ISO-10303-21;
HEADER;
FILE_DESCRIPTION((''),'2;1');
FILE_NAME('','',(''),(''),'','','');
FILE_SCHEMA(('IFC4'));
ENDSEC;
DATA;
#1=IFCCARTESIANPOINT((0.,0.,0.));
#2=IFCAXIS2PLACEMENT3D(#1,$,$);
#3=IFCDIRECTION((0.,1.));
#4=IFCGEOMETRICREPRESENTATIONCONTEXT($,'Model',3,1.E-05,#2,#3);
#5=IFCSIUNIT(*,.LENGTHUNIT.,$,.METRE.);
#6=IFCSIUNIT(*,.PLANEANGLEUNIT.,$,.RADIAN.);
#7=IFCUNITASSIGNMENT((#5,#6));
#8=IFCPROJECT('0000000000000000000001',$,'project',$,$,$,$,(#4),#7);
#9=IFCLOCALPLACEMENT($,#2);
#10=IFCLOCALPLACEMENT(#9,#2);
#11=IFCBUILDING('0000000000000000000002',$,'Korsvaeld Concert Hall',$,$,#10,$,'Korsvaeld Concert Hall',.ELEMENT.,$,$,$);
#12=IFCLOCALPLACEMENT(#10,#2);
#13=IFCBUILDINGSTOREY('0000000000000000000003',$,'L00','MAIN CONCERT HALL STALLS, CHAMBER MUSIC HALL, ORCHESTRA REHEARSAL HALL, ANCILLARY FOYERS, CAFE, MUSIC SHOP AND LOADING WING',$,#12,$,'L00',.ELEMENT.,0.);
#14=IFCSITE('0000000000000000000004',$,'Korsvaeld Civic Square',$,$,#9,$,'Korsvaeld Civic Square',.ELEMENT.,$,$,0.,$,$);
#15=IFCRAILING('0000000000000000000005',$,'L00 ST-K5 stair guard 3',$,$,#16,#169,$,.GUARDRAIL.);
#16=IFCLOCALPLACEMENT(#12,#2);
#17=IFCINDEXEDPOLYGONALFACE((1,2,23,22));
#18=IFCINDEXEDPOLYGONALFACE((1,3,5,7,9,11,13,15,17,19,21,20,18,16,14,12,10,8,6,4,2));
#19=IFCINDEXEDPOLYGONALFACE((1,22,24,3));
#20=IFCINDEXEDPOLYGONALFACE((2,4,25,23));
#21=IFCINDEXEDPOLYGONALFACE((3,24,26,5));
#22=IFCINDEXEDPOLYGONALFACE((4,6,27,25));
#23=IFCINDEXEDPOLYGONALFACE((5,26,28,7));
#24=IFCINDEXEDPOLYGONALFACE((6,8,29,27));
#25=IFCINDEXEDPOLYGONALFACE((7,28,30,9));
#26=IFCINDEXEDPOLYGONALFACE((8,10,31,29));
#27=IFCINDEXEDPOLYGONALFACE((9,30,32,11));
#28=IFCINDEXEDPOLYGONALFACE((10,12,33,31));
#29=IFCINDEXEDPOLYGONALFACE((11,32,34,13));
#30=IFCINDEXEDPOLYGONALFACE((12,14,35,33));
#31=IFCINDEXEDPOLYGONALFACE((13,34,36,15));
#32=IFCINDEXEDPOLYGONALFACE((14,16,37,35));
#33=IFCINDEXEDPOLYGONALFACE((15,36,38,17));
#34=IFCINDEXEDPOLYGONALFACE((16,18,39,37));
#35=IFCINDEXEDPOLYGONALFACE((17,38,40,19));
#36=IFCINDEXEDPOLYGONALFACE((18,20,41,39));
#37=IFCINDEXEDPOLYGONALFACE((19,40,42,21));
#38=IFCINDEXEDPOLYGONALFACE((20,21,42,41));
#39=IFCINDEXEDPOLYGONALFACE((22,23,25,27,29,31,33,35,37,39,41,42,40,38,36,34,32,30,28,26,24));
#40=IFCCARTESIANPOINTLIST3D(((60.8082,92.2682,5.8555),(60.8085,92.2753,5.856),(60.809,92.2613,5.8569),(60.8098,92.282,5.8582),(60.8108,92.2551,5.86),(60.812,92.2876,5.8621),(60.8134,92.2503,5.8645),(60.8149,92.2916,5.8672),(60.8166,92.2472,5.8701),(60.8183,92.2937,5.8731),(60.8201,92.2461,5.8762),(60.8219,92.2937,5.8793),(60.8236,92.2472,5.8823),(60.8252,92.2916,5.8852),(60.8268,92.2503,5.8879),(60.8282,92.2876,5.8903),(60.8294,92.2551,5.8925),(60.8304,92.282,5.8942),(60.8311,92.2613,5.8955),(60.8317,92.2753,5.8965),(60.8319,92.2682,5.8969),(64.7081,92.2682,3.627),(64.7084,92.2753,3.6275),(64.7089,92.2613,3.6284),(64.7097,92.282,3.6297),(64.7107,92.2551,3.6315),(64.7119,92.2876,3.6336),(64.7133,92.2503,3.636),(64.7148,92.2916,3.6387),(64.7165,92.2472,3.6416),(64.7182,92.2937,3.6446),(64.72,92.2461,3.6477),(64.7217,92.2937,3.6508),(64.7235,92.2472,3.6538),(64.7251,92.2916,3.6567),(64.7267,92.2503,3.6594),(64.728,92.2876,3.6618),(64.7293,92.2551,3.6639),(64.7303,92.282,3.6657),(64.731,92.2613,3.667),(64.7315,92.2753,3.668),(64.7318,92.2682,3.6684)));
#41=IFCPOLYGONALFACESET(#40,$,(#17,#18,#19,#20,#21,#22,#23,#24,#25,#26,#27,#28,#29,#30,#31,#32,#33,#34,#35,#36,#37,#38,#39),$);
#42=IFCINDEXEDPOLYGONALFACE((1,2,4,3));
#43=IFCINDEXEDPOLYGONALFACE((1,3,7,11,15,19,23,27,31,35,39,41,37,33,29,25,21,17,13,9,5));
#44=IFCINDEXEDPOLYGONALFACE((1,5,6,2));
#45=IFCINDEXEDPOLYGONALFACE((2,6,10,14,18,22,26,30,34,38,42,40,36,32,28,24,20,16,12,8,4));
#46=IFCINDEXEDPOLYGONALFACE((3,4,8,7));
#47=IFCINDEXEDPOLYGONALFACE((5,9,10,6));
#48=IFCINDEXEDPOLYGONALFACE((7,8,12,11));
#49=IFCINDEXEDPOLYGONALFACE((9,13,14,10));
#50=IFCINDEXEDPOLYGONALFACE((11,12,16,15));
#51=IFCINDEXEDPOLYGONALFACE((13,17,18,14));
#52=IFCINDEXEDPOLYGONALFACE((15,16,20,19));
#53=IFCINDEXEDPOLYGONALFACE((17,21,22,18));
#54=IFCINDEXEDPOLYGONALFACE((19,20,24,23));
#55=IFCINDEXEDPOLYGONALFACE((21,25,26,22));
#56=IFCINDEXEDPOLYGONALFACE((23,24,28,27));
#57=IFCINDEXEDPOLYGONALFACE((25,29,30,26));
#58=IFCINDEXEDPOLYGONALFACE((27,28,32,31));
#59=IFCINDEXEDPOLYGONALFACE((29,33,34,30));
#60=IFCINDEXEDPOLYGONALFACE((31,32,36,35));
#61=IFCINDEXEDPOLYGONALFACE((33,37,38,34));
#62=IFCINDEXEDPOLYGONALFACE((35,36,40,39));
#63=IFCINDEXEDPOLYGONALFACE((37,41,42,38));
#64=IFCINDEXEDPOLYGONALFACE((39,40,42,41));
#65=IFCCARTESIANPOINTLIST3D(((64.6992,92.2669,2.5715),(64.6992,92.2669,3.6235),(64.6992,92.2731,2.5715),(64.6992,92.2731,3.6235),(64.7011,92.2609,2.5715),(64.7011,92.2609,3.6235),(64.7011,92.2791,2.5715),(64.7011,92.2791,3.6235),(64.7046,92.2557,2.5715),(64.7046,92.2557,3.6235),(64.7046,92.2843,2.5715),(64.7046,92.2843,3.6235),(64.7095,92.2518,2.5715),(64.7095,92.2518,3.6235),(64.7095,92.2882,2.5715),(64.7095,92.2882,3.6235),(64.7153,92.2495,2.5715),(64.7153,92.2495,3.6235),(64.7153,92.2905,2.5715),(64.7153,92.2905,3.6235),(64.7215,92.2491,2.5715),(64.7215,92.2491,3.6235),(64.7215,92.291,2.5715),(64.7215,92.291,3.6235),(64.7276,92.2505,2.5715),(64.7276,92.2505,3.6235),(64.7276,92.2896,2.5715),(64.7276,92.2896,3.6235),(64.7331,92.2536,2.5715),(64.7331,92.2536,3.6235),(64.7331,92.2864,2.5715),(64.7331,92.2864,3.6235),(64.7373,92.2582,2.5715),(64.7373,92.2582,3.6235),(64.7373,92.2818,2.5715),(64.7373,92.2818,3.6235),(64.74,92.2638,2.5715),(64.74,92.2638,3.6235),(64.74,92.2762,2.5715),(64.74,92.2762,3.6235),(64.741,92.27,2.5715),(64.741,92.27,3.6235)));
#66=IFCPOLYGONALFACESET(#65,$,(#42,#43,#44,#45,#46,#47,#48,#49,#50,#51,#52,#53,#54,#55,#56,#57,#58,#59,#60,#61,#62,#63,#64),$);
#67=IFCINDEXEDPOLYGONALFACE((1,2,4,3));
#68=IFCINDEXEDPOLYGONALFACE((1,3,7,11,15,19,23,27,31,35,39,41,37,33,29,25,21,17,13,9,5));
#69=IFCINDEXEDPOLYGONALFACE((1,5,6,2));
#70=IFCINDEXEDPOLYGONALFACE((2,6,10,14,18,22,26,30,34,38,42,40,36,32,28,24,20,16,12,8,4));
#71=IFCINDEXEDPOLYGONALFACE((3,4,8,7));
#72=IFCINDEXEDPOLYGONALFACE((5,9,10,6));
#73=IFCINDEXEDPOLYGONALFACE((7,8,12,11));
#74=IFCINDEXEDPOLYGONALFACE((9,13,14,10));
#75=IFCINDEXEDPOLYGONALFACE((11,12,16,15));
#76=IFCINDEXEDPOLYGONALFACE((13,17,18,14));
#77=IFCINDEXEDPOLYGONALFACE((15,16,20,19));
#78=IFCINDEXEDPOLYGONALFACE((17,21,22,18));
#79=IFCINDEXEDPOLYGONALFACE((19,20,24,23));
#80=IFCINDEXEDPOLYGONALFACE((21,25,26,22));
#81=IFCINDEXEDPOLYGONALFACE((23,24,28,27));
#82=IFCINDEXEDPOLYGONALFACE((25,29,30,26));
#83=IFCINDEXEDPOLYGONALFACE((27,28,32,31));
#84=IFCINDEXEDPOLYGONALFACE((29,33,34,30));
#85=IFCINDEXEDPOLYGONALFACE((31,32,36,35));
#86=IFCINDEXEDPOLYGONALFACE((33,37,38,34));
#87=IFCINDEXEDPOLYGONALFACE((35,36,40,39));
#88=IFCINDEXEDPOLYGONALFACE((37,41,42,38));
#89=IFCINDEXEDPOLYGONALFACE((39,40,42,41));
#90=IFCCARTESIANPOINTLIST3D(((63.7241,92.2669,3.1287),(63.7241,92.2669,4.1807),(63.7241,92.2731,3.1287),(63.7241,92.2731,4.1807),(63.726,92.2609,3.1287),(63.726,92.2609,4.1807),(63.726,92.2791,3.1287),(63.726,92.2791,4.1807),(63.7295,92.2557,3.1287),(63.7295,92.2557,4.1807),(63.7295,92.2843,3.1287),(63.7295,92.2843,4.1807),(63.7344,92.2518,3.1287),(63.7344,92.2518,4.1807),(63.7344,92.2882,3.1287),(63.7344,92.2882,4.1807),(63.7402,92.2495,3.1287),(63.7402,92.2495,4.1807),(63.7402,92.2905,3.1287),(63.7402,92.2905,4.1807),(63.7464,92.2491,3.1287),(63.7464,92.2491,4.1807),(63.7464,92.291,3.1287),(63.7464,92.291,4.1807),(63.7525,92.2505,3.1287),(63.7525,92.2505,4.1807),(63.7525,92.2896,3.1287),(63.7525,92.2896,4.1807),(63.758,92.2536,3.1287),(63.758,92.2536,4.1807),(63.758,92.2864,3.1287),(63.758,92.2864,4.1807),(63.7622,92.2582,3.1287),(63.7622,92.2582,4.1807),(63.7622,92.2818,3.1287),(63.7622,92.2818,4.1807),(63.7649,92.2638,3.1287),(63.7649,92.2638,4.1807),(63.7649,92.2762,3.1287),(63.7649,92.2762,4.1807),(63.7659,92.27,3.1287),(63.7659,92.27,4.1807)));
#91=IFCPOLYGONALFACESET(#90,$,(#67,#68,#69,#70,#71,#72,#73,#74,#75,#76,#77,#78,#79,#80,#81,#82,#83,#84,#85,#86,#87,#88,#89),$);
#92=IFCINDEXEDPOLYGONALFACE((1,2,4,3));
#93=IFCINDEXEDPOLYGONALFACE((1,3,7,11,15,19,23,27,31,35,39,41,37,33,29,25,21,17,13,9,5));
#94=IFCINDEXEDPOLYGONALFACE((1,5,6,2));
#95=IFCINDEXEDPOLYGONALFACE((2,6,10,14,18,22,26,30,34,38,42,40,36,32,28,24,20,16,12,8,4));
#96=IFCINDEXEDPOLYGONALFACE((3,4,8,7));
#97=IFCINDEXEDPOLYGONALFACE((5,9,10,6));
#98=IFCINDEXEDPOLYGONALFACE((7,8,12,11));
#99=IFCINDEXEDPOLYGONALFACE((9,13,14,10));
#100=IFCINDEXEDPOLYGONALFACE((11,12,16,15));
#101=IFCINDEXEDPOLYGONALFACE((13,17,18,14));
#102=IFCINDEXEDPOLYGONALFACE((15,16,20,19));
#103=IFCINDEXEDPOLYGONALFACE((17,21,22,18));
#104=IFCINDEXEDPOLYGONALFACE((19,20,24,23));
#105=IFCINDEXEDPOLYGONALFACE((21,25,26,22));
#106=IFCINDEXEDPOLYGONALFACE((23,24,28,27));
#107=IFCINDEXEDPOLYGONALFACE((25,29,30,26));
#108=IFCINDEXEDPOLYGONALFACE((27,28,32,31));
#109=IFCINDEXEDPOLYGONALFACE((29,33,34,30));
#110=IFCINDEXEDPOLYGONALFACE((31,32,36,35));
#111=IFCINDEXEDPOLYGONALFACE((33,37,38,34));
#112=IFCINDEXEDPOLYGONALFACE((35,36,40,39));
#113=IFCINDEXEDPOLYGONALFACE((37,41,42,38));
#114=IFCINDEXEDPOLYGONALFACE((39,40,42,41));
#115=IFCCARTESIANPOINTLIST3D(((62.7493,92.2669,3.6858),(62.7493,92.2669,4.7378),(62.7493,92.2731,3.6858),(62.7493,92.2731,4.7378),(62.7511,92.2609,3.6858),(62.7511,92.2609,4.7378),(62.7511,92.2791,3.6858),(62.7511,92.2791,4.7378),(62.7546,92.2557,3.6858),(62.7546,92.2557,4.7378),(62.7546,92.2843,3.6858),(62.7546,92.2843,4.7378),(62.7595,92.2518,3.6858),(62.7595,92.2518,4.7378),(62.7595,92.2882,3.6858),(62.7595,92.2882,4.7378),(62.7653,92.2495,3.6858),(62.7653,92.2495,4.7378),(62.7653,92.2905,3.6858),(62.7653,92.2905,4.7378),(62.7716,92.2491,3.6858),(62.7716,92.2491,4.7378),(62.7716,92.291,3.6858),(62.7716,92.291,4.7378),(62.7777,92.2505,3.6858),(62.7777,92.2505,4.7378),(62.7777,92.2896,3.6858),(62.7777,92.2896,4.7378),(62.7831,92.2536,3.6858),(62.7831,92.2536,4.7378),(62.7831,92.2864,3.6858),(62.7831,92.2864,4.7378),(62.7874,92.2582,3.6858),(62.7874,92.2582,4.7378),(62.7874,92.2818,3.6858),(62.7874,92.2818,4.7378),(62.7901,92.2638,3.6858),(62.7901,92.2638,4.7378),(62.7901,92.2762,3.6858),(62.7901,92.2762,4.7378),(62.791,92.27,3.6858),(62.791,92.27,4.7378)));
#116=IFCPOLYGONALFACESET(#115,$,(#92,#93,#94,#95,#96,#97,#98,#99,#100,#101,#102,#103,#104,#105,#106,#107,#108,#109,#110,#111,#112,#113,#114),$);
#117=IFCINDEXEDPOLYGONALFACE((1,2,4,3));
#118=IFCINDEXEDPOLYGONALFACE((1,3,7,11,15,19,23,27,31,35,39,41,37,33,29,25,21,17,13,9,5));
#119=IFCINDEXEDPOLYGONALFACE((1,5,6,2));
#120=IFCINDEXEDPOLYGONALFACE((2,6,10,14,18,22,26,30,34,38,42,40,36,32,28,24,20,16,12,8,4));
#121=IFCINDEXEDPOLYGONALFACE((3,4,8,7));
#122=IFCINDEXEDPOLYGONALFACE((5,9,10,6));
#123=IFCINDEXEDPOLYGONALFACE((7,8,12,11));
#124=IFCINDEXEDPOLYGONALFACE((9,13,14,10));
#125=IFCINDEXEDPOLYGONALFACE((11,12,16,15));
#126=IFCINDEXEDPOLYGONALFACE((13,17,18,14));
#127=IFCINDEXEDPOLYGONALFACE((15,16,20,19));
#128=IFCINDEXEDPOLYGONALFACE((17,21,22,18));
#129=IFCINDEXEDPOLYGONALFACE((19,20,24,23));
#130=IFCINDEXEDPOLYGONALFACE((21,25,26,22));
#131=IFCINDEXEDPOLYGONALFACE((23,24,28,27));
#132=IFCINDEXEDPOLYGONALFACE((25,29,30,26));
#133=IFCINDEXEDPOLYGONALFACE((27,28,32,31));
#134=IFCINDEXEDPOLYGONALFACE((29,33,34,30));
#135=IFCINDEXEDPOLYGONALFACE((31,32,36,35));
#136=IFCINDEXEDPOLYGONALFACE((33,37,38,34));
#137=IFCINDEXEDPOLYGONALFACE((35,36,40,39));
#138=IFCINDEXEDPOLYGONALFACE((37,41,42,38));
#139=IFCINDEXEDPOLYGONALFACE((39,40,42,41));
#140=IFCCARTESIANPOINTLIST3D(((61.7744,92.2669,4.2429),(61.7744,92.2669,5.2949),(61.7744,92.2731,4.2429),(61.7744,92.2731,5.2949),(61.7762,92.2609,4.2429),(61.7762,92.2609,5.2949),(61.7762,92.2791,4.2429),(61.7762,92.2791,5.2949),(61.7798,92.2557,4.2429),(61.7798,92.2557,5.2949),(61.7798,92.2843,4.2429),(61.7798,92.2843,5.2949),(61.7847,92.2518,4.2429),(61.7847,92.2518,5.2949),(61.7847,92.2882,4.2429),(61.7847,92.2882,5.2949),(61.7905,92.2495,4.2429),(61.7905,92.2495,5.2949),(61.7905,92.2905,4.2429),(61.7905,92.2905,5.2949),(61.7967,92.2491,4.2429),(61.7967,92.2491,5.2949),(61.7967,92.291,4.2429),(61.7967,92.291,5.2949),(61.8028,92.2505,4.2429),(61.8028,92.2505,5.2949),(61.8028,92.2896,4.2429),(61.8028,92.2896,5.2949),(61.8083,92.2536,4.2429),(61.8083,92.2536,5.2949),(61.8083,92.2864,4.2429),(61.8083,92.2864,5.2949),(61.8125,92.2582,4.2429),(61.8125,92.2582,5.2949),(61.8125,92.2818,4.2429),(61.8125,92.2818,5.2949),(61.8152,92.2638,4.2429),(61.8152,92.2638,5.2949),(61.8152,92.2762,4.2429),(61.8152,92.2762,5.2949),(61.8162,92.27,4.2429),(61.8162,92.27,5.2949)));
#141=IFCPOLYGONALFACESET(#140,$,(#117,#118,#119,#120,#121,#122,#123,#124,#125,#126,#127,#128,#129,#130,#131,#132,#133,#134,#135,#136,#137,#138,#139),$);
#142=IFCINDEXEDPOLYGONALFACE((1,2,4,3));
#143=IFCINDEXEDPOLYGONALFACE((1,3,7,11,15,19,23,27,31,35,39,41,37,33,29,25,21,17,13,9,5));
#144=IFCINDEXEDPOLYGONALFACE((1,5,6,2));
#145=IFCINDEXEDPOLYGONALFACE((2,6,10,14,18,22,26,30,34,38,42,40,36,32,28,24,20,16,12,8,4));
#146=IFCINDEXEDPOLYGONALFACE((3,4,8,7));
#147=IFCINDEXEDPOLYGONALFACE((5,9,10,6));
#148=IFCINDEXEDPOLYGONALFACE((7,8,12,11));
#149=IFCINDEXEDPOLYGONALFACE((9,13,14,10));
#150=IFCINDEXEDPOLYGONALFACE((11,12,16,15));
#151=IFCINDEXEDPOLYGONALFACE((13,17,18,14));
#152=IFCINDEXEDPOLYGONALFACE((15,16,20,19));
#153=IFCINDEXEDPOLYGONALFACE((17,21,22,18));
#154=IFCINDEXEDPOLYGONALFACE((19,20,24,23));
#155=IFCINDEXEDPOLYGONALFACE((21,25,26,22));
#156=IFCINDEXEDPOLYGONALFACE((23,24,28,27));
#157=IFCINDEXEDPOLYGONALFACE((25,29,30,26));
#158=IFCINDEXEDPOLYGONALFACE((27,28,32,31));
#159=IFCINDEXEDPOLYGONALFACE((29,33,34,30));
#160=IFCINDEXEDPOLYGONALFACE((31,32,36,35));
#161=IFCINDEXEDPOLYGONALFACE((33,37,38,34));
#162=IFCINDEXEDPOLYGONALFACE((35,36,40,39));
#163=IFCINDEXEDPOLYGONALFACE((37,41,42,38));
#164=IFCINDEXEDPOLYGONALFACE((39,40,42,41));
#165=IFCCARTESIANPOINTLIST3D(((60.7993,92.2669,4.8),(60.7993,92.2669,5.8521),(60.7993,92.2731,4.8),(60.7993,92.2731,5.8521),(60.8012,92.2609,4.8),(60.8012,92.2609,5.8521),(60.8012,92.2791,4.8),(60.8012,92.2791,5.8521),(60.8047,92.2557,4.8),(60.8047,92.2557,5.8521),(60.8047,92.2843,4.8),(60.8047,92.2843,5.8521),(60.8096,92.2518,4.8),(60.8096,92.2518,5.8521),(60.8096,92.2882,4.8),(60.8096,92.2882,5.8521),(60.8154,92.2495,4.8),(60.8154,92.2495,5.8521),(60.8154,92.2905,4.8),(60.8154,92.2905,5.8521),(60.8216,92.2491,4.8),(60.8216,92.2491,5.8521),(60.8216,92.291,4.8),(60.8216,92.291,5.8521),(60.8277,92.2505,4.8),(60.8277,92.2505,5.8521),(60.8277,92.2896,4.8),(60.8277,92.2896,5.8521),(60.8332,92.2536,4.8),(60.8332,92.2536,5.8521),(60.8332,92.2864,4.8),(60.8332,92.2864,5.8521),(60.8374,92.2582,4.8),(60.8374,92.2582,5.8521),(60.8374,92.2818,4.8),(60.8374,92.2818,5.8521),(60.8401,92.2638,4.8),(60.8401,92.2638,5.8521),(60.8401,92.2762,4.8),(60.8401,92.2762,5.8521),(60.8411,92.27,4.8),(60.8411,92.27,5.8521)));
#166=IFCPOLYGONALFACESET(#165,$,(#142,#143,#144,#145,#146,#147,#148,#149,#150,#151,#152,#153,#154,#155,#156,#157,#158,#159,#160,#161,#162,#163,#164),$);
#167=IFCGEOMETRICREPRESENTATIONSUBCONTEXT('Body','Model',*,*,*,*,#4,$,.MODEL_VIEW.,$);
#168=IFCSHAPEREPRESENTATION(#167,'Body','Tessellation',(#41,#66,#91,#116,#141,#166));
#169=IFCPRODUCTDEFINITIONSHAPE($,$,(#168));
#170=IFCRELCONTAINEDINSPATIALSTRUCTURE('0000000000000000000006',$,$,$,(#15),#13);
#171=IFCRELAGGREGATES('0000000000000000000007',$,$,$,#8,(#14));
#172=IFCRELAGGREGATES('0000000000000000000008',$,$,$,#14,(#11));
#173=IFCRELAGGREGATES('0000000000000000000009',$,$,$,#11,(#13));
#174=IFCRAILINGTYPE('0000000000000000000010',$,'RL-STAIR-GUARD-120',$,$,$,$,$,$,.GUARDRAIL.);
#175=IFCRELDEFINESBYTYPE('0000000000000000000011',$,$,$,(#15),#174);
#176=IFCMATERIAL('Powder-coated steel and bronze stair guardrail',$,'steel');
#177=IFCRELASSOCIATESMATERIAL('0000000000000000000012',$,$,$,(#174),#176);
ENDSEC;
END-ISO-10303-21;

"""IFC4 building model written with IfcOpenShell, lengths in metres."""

from ifc_helpers import new_model, si_unit, direction, frame, origin, origin_2d, place, context, subcontext, project, spatial, circle, extrude, material, type_object, element, save


model = new_model("IFC4")

# Units and contexts
model_context = context("Model", 3, precision=1e-05, world=origin(), true_north=direction((0.0, 1.0)))
body_context = subcontext(model_context, "Body", "Model", "MODEL_VIEW")
ifc_project = project(units=[si_unit("LENGTHUNIT", "METRE"), si_unit("PLANEANGLEUNIT", "RADIAN")], contexts=[model_context])

# Site, building, storey
site_placement = place(None, origin())
site = spatial("IfcSite", under=ifc_project, at=site_placement, Name="Korsvaeld Civic Square", LongName="Korsvaeld Civic Square", CompositionType="ELEMENT", RefElevation=0.0)
building_placement = place(site_placement, origin())
building = spatial("IfcBuilding", under=site, at=building_placement, Name="Korsvaeld Concert Hall", LongName="Korsvaeld Concert Hall", CompositionType="ELEMENT")
storey_placement = place(building_placement, origin())
storey = spatial("IfcBuildingStorey", under=building, at=storey_placement, Name="L00", Description="MAIN CONCERT HALL STALLS, CHAMBER MUSIC HALL, ORCHESTRA REHEARSAL HALL, ANCILLARY FOYERS, CAFE, MUSIC SHOP AND LOADING WING", LongName="L00", CompositionType="ELEMENT", Elevation=0.0)

# Railing
ifc_material_1 = material(Name="Powder-coated steel and bronze stair guardrail", Category="steel")
railing_type_1 = type_object("IfcRailingType", Name="RL-STAIR-GUARD-120", PredefinedType="GUARDRAIL", material=ifc_material_1)
railing_1_placement = place(storey_placement, frame((64.72, 92.27, 2.5715)))
element("IfcRailing", 1, at=railing_1_placement, inside=storey, type_object=railing_type_1, Name="L00 ST-K5 stair guard 3", PredefinedType="GUARDRAIL", context=body_context, shape_type="SweptSolid", body=[
    extrude(circle(Radius=0.0239, at=origin_2d()), frame((0.0, 0.0, 1.0762), z_axis=(-0.868243, 0.0, 0.496139), x_axis=(0.0, -1.0, 0.0)), (0.0, 0.0, 1.0), 4.4917),
    extrude(circle(Radius=0.021, at=origin_2d()), origin(), (0.0, 0.0, 1.0), 1.052),
    extrude(circle(Radius=0.021, at=origin_2d()), frame((-0.9751, 0.0, 0.5571)), (0.0, 0.0, 1.0), 1.052),
    extrude(circle(Radius=0.021, at=origin_2d()), frame((-1.95, 0.0, 1.1143)), (0.0, 0.0, 1.0), 1.052),
    extrude(circle(Radius=0.021, at=origin_2d()), frame((-2.9248, 0.0, 1.6714)), (0.0, 0.0, 1.0), 1.052),
    extrude(circle(Radius=0.021, at=origin_2d()), frame((-3.8999, 0.0, 2.2285)), (0.0, 0.0, 1.0), 1.052),
])

save(model, "model.ifc")
